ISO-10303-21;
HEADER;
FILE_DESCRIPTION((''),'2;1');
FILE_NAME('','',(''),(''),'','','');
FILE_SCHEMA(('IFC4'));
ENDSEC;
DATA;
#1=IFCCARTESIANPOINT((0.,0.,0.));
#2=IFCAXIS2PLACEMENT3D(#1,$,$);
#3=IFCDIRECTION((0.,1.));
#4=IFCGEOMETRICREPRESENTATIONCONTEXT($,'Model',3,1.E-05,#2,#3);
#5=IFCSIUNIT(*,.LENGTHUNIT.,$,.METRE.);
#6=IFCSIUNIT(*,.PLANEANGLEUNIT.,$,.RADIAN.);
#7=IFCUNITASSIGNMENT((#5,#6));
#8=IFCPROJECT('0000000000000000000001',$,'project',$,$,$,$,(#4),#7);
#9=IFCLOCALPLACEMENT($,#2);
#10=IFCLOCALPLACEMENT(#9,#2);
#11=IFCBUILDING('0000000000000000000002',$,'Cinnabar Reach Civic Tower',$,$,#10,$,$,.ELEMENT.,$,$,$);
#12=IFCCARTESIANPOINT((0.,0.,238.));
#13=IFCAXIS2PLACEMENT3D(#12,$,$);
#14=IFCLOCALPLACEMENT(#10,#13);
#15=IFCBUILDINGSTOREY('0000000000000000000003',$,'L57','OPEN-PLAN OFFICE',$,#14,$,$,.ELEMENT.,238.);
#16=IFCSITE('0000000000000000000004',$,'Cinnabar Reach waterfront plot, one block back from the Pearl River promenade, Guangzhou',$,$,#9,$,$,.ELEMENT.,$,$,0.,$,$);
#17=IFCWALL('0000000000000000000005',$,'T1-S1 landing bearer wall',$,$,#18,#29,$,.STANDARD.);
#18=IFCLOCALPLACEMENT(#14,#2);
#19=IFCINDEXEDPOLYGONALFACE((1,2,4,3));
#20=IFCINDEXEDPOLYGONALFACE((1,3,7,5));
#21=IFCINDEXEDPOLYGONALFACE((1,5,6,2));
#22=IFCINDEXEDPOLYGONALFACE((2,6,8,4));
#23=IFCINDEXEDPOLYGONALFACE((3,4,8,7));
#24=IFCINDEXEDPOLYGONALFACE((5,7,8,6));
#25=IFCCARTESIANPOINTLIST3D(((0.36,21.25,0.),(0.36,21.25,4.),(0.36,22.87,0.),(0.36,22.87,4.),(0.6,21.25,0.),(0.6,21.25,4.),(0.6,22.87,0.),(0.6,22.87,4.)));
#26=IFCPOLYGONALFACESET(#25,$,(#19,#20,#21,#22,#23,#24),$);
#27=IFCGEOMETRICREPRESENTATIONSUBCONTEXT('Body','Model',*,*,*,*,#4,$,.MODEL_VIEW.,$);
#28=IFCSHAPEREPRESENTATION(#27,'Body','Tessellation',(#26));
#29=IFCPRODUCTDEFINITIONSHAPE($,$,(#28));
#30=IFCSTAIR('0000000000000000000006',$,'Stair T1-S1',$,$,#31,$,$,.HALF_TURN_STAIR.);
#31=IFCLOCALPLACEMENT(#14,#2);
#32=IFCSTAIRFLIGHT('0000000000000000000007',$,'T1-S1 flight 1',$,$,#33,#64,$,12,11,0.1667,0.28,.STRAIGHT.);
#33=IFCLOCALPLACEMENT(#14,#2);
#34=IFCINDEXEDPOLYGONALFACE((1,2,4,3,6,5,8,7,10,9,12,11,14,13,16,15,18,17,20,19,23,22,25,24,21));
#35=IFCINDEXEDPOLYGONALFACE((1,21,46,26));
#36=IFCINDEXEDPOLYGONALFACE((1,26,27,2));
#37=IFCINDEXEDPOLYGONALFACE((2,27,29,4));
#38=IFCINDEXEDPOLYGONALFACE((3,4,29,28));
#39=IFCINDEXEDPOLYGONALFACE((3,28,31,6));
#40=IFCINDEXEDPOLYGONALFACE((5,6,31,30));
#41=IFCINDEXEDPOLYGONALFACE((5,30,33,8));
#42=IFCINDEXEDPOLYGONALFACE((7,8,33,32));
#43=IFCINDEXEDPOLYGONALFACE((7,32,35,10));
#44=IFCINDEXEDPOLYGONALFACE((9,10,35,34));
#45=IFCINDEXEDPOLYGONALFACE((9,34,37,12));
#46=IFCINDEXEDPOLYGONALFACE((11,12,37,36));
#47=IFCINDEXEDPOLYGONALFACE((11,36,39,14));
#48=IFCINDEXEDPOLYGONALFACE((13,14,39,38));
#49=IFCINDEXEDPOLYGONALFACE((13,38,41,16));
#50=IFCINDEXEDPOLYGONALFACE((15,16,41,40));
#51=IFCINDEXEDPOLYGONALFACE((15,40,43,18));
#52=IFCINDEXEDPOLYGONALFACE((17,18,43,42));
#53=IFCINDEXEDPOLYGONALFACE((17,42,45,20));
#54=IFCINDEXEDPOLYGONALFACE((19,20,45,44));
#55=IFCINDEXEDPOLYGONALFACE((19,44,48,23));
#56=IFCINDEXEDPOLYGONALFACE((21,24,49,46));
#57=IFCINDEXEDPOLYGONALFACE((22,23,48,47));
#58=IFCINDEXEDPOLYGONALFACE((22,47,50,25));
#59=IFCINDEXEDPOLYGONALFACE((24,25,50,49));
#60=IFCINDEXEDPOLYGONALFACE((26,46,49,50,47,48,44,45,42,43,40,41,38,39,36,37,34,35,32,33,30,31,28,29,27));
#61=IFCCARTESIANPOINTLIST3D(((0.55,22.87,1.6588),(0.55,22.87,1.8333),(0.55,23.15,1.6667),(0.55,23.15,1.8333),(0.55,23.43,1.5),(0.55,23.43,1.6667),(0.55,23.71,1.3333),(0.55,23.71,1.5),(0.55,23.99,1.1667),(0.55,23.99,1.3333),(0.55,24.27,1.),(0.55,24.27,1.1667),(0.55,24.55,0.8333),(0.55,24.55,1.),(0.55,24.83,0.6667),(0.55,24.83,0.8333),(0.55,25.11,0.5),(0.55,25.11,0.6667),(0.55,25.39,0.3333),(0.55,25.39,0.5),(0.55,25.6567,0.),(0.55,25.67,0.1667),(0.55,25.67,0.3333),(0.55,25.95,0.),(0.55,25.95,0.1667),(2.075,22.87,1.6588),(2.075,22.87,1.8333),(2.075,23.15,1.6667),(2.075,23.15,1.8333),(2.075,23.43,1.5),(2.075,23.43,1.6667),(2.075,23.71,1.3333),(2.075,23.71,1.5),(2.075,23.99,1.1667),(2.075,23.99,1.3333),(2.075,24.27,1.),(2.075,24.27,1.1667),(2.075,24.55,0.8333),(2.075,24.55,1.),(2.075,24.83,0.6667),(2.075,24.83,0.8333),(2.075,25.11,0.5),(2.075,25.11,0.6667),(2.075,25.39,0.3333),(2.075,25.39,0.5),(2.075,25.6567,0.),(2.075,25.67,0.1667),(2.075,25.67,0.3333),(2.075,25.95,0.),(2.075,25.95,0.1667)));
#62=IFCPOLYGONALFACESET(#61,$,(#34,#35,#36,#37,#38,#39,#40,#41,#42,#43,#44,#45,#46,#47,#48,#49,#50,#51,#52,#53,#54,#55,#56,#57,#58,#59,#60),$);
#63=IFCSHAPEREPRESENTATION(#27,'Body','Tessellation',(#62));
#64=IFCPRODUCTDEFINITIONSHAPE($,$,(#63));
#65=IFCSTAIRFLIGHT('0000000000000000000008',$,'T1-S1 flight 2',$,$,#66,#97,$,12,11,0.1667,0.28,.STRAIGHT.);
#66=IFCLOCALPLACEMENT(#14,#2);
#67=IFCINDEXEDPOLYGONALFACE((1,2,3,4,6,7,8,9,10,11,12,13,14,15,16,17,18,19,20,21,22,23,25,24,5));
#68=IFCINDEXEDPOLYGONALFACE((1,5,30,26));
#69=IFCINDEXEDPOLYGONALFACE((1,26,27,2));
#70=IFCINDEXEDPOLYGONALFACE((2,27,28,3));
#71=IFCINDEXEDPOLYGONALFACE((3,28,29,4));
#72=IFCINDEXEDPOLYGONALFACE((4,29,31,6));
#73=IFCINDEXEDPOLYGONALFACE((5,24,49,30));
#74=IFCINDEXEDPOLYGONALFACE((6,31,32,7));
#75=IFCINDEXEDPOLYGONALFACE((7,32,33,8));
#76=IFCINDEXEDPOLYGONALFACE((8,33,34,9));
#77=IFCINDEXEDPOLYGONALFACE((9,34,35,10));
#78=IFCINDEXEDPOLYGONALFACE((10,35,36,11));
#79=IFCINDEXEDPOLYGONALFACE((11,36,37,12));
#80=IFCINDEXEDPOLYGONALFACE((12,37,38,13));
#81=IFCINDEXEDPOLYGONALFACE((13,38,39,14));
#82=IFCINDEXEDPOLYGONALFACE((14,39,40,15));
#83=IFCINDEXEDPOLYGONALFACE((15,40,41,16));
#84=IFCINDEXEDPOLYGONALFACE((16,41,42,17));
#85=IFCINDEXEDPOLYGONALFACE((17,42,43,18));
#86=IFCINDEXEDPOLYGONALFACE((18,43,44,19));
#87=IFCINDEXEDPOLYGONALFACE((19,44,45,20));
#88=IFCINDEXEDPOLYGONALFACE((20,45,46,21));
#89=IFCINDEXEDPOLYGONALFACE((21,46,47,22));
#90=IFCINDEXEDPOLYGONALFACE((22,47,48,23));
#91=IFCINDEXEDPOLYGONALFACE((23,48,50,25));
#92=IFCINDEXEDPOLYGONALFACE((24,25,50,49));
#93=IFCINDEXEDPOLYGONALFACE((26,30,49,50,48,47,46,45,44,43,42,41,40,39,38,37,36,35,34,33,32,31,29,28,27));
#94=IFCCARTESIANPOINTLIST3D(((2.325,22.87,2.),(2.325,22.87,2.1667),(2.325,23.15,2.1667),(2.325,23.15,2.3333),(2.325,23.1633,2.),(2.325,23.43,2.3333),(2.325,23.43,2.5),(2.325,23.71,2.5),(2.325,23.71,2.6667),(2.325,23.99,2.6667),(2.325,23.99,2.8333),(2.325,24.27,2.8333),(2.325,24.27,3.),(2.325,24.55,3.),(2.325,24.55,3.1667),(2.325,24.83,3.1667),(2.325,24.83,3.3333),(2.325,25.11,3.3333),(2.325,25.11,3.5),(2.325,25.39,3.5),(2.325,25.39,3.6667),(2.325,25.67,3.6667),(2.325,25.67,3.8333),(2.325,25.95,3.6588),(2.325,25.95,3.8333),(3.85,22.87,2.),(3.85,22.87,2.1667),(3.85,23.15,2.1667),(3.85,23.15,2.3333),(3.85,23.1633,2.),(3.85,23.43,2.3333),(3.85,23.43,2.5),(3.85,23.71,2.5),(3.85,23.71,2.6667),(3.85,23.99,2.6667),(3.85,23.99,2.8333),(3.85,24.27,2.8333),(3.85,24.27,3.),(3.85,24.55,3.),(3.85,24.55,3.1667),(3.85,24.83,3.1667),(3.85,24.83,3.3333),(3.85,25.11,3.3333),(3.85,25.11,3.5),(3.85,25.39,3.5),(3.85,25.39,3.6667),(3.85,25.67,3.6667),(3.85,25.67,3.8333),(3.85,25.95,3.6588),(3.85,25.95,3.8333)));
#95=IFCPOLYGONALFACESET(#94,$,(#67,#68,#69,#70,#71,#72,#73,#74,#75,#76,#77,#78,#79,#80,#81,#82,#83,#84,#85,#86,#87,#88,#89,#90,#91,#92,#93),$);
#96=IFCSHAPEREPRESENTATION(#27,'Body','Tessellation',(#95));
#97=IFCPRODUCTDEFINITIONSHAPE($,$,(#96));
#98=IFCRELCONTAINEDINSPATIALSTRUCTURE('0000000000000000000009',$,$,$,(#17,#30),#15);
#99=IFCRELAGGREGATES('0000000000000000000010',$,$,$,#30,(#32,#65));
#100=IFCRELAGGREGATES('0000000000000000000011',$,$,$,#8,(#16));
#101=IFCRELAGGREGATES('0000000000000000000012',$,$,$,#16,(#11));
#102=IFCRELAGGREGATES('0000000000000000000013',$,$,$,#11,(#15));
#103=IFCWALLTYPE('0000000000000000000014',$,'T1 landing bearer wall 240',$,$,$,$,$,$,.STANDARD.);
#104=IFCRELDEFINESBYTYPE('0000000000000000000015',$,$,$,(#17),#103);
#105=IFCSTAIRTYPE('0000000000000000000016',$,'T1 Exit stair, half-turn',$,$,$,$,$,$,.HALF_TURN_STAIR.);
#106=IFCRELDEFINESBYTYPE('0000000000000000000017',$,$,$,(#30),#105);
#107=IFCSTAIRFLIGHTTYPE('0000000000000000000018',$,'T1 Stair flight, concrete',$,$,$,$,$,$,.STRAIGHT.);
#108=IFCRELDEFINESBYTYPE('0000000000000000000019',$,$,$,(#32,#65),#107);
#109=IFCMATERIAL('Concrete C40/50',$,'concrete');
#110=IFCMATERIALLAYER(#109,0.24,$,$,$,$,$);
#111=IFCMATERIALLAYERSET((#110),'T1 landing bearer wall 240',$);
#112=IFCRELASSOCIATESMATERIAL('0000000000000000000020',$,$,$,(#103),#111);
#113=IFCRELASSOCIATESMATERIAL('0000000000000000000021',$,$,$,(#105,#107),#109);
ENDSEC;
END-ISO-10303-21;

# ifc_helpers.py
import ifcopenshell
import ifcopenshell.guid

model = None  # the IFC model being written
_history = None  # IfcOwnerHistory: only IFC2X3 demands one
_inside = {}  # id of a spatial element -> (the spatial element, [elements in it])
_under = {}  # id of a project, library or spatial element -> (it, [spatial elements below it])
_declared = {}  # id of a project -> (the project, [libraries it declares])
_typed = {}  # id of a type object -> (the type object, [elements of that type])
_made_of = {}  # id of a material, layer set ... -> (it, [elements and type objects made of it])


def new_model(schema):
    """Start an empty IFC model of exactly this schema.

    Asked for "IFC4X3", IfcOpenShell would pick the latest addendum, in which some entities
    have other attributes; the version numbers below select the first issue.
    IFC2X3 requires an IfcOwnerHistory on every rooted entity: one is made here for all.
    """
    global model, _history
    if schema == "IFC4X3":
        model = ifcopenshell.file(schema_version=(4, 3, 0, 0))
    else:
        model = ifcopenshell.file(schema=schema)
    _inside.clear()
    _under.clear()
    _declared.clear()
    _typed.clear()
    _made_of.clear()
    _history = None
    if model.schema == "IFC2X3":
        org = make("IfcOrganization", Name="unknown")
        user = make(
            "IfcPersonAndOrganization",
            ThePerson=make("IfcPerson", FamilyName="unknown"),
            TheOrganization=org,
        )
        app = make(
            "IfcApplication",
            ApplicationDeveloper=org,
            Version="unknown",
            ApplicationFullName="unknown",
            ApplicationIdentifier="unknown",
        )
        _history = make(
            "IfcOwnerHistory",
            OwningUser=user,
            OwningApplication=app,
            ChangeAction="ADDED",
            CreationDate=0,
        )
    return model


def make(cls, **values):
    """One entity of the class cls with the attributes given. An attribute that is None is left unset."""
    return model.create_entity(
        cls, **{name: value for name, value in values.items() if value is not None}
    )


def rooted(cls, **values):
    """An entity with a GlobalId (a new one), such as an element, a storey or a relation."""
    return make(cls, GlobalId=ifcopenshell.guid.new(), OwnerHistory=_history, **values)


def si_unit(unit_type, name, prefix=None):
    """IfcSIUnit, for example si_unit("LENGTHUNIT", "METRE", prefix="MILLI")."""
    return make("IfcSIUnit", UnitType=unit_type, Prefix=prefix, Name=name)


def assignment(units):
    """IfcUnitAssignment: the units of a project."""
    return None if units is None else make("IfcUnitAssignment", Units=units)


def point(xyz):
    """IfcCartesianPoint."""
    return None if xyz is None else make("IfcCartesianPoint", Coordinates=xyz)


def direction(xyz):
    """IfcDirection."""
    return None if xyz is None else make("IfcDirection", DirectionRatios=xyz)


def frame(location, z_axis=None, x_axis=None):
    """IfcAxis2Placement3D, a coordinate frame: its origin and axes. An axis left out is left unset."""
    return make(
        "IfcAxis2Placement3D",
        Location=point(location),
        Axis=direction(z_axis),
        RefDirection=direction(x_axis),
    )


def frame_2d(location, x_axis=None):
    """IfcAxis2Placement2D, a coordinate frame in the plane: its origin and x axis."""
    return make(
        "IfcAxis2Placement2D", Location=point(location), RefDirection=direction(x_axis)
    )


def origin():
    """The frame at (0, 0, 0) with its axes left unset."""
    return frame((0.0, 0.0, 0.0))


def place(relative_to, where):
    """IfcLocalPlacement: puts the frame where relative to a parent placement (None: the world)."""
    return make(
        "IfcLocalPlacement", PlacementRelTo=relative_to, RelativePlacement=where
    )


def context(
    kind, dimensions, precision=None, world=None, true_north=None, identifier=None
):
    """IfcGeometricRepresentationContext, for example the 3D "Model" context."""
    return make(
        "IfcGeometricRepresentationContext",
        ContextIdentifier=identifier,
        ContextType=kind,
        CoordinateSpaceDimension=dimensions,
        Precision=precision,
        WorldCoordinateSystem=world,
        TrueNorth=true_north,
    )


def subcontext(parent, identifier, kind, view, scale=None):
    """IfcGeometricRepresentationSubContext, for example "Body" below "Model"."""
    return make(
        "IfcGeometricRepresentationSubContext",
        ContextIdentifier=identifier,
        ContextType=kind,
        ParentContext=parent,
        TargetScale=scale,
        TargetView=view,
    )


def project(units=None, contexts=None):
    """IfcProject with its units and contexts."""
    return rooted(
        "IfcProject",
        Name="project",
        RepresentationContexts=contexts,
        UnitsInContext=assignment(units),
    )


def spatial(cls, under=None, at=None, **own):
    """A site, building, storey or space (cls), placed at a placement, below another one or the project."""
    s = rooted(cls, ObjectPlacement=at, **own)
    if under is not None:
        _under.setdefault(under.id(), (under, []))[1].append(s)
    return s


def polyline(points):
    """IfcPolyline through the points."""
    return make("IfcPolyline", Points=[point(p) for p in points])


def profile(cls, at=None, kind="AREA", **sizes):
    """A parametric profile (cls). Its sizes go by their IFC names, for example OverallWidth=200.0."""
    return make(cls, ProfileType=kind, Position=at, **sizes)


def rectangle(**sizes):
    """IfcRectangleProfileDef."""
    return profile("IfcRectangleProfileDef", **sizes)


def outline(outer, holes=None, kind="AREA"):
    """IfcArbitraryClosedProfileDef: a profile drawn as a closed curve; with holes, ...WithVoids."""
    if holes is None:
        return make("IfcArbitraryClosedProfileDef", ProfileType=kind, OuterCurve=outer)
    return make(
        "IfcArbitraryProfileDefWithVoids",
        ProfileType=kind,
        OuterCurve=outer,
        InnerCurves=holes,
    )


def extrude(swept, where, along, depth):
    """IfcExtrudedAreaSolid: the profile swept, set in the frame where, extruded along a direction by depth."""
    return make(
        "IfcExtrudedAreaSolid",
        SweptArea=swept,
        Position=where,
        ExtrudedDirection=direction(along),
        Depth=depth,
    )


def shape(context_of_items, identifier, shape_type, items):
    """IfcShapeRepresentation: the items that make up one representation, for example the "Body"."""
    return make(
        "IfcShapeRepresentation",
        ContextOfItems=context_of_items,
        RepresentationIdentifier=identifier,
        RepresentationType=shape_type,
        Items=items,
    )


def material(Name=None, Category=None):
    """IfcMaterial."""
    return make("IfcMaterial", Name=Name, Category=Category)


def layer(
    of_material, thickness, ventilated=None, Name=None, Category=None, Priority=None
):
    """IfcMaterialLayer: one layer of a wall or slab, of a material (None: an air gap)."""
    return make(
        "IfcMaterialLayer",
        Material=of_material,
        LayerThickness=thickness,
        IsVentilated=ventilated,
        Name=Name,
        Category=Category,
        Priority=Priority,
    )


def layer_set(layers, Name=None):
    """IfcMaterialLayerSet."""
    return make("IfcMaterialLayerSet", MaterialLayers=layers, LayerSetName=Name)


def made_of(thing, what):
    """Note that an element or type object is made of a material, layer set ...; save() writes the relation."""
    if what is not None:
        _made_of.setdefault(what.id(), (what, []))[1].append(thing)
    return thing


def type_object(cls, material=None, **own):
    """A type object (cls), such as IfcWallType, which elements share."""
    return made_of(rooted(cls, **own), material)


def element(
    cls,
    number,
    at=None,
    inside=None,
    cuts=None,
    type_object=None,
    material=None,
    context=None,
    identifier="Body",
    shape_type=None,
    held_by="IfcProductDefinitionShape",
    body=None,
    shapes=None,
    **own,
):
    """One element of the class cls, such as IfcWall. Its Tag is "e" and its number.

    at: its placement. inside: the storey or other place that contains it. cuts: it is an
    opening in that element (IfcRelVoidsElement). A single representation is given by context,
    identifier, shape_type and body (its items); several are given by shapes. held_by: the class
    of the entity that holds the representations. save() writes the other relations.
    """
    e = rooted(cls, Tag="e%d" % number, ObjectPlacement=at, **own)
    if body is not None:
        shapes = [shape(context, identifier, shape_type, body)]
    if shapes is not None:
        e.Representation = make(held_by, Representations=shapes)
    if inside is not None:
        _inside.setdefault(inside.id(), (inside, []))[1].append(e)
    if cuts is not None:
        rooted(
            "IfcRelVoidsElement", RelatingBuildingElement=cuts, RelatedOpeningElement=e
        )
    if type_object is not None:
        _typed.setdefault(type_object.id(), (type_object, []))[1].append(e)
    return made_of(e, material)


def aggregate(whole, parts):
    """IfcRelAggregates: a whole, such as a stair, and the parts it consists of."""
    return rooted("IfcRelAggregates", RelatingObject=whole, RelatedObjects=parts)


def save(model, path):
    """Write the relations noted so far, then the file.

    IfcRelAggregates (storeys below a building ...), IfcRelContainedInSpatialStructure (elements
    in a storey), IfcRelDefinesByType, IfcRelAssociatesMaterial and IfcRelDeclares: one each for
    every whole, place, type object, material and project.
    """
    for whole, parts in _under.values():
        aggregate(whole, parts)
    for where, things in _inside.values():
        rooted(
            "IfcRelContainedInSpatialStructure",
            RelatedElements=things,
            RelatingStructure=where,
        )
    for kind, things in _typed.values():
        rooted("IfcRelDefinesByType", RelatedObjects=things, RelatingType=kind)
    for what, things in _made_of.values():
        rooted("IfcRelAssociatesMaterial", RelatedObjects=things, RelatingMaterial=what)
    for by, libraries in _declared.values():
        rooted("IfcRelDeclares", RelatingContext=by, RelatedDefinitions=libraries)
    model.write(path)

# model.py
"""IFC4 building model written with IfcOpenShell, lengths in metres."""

from ifc_helpers import new_model, si_unit, direction, frame, frame_2d, origin, place, context, subcontext, project, spatial, polyline, rectangle, outline, extrude, material, layer, layer_set, type_object, element, aggregate, save


model = new_model("IFC4")

# Units and contexts
model_context = context("Model", 3, precision=1e-05, world=origin(), true_north=direction((0.0, 1.0)))
body_context = subcontext(model_context, "Body", "Model", "MODEL_VIEW")
ifc_project = project(units=[si_unit("LENGTHUNIT", "METRE"), si_unit("PLANEANGLEUNIT", "RADIAN")], contexts=[model_context])

# Site, building, storey
site_placement = place(None, origin())
site = spatial("IfcSite", under=ifc_project, at=site_placement, Name="Cinnabar Reach waterfront plot, one block back from the Pearl River promenade, Guangzhou", CompositionType="ELEMENT", RefElevation=0.0)
building_placement = place(site_placement, origin())
building = spatial("IfcBuilding", under=site, at=building_placement, Name="Cinnabar Reach Civic Tower", CompositionType="ELEMENT")
storey_placement = place(building_placement, frame((0.0, 0.0, 238.0)))
storey = spatial("IfcBuildingStorey", under=building, at=storey_placement, Name="L57", Description="OPEN-PLAN OFFICE", CompositionType="ELEMENT", Elevation=238.0)

# Wall
ifc_material_1 = material(Name="Concrete C40/50", Category="concrete")
ifc_layer_1 = layer(ifc_material_1, 0.24)
ifc_layer_set_1 = layer_set([ifc_layer_1], Name="T1 landing bearer wall 240")
wall_type_1 = type_object("IfcWallType", Name="T1 landing bearer wall 240", PredefinedType="STANDARD", material=ifc_layer_set_1)
wall_1_placement = place(storey_placement, frame((0.48, 21.25, 0.0), z_axis=(0.0, 0.0, 1.0), x_axis=(0.0, 1.0, 0.0)))
element("IfcWall", 1, at=wall_1_placement, inside=storey, type_object=wall_type_1, Name="T1-S1 landing bearer wall", PredefinedType="STANDARD", context=body_context, shape_type="SweptSolid", body=[
    extrude(rectangle(XDim=1.62, YDim=0.24, at=frame_2d((0.81, 0.0))), origin(), (0.0, 0.0, 1.0), 4.0),
])

# Stair, stair flights
stair_type = type_object("IfcStairType", Name="T1 Exit stair, half-turn", PredefinedType="HALF_TURN_STAIR", material=ifc_material_1)
stair_placement = place(storey_placement, origin())
stair = element("IfcStair", 2, at=stair_placement, inside=storey, type_object=stair_type, Name="Stair T1-S1", PredefinedType="HALF_TURN_STAIR")
stair_flight_type = type_object("IfcStairFlightType", Name="T1 Stair flight, concrete", PredefinedType="STRAIGHT", material=ifc_material_1)
stair_flight_1_placement = place(storey_placement, frame((1.3125, 25.95, 0.0), z_axis=(0.0, 0.0, 1.0), x_axis=(0.0, -1.0, 0.0)))
stair_flight_1 = element("IfcStairFlight", 3, at=stair_flight_1_placement, type_object=stair_flight_type, Name="T1-S1 flight 1", NumberOfRisers=12, NumberOfTreads=11, PredefinedType="STRAIGHT", RiserHeight=0.1667, TreadLength=0.28, context=body_context, shape_type="SweptSolid", body=[
    extrude(outline(polyline([(0.0, 0.0), (0.0, 0.1667), (0.28, 0.1667), (0.28, 0.3333), (0.56, 0.3333), (0.56, 0.5), (0.84, 0.5), (0.84, 0.6667), (1.12, 0.6667), (1.12, 0.8333), (1.4, 0.8333), (1.4, 1.0), (1.68, 1.0), (1.68, 1.1667), (1.96, 1.1667), (1.96, 1.3333), (2.24, 1.3333), (2.24, 1.5), (2.52, 1.5), (2.52, 1.6667), (2.8, 1.6667), (2.8, 1.8333), (3.08, 1.8333), (3.08, 2.0), (3.08, 1.6588), (0.2933, 0.0), (0.0, 0.0)])), frame((0.0, 0.7625, 0.0), z_axis=(0.0, -1.0, 0.0), x_axis=(1.0, 0.0, 0.0)), (0.0, 0.0, 1.0), 1.525),
])
stair_flight_2_placement = place(storey_placement, frame((3.0875, 22.87, 2.0), z_axis=(0.0, 0.0, 1.0), x_axis=(0.0, 1.0, 0.0)))
stair_flight_2 = element("IfcStairFlight", 4, at=stair_flight_2_placement, type_object=stair_flight_type, Name="T1-S1 flight 2", NumberOfRisers=12, NumberOfTreads=11, PredefinedType="STRAIGHT", RiserHeight=0.1667, TreadLength=0.28, context=body_context, shape_type="SweptSolid", body=[
    extrude(outline(polyline([(0.0, 0.0), (0.0, 0.1667), (0.28, 0.1667), (0.28, 0.3333), (0.56, 0.3333), (0.56, 0.5), (0.84, 0.5), (0.84, 0.6667), (1.12, 0.6667), (1.12, 0.8333), (1.4, 0.8333), (1.4, 1.0), (1.68, 1.0), (1.68, 1.1667), (1.96, 1.1667), (1.96, 1.3333), (2.24, 1.3333), (2.24, 1.5), (2.52, 1.5), (2.52, 1.6667), (2.8, 1.6667), (2.8, 1.8333), (3.08, 1.8333), (3.08, 2.0), (3.08, 1.6588), (0.2933, 0.0), (0.0, 0.0)])), frame((0.0, 0.7625, 0.0), z_axis=(0.0, -1.0, 0.0), x_axis=(1.0, 0.0, 0.0)), (0.0, 0.0, 1.0), 1.525),
])
aggregate(stair, [stair_flight_1, stair_flight_2])

save(model, "model.ifc")
